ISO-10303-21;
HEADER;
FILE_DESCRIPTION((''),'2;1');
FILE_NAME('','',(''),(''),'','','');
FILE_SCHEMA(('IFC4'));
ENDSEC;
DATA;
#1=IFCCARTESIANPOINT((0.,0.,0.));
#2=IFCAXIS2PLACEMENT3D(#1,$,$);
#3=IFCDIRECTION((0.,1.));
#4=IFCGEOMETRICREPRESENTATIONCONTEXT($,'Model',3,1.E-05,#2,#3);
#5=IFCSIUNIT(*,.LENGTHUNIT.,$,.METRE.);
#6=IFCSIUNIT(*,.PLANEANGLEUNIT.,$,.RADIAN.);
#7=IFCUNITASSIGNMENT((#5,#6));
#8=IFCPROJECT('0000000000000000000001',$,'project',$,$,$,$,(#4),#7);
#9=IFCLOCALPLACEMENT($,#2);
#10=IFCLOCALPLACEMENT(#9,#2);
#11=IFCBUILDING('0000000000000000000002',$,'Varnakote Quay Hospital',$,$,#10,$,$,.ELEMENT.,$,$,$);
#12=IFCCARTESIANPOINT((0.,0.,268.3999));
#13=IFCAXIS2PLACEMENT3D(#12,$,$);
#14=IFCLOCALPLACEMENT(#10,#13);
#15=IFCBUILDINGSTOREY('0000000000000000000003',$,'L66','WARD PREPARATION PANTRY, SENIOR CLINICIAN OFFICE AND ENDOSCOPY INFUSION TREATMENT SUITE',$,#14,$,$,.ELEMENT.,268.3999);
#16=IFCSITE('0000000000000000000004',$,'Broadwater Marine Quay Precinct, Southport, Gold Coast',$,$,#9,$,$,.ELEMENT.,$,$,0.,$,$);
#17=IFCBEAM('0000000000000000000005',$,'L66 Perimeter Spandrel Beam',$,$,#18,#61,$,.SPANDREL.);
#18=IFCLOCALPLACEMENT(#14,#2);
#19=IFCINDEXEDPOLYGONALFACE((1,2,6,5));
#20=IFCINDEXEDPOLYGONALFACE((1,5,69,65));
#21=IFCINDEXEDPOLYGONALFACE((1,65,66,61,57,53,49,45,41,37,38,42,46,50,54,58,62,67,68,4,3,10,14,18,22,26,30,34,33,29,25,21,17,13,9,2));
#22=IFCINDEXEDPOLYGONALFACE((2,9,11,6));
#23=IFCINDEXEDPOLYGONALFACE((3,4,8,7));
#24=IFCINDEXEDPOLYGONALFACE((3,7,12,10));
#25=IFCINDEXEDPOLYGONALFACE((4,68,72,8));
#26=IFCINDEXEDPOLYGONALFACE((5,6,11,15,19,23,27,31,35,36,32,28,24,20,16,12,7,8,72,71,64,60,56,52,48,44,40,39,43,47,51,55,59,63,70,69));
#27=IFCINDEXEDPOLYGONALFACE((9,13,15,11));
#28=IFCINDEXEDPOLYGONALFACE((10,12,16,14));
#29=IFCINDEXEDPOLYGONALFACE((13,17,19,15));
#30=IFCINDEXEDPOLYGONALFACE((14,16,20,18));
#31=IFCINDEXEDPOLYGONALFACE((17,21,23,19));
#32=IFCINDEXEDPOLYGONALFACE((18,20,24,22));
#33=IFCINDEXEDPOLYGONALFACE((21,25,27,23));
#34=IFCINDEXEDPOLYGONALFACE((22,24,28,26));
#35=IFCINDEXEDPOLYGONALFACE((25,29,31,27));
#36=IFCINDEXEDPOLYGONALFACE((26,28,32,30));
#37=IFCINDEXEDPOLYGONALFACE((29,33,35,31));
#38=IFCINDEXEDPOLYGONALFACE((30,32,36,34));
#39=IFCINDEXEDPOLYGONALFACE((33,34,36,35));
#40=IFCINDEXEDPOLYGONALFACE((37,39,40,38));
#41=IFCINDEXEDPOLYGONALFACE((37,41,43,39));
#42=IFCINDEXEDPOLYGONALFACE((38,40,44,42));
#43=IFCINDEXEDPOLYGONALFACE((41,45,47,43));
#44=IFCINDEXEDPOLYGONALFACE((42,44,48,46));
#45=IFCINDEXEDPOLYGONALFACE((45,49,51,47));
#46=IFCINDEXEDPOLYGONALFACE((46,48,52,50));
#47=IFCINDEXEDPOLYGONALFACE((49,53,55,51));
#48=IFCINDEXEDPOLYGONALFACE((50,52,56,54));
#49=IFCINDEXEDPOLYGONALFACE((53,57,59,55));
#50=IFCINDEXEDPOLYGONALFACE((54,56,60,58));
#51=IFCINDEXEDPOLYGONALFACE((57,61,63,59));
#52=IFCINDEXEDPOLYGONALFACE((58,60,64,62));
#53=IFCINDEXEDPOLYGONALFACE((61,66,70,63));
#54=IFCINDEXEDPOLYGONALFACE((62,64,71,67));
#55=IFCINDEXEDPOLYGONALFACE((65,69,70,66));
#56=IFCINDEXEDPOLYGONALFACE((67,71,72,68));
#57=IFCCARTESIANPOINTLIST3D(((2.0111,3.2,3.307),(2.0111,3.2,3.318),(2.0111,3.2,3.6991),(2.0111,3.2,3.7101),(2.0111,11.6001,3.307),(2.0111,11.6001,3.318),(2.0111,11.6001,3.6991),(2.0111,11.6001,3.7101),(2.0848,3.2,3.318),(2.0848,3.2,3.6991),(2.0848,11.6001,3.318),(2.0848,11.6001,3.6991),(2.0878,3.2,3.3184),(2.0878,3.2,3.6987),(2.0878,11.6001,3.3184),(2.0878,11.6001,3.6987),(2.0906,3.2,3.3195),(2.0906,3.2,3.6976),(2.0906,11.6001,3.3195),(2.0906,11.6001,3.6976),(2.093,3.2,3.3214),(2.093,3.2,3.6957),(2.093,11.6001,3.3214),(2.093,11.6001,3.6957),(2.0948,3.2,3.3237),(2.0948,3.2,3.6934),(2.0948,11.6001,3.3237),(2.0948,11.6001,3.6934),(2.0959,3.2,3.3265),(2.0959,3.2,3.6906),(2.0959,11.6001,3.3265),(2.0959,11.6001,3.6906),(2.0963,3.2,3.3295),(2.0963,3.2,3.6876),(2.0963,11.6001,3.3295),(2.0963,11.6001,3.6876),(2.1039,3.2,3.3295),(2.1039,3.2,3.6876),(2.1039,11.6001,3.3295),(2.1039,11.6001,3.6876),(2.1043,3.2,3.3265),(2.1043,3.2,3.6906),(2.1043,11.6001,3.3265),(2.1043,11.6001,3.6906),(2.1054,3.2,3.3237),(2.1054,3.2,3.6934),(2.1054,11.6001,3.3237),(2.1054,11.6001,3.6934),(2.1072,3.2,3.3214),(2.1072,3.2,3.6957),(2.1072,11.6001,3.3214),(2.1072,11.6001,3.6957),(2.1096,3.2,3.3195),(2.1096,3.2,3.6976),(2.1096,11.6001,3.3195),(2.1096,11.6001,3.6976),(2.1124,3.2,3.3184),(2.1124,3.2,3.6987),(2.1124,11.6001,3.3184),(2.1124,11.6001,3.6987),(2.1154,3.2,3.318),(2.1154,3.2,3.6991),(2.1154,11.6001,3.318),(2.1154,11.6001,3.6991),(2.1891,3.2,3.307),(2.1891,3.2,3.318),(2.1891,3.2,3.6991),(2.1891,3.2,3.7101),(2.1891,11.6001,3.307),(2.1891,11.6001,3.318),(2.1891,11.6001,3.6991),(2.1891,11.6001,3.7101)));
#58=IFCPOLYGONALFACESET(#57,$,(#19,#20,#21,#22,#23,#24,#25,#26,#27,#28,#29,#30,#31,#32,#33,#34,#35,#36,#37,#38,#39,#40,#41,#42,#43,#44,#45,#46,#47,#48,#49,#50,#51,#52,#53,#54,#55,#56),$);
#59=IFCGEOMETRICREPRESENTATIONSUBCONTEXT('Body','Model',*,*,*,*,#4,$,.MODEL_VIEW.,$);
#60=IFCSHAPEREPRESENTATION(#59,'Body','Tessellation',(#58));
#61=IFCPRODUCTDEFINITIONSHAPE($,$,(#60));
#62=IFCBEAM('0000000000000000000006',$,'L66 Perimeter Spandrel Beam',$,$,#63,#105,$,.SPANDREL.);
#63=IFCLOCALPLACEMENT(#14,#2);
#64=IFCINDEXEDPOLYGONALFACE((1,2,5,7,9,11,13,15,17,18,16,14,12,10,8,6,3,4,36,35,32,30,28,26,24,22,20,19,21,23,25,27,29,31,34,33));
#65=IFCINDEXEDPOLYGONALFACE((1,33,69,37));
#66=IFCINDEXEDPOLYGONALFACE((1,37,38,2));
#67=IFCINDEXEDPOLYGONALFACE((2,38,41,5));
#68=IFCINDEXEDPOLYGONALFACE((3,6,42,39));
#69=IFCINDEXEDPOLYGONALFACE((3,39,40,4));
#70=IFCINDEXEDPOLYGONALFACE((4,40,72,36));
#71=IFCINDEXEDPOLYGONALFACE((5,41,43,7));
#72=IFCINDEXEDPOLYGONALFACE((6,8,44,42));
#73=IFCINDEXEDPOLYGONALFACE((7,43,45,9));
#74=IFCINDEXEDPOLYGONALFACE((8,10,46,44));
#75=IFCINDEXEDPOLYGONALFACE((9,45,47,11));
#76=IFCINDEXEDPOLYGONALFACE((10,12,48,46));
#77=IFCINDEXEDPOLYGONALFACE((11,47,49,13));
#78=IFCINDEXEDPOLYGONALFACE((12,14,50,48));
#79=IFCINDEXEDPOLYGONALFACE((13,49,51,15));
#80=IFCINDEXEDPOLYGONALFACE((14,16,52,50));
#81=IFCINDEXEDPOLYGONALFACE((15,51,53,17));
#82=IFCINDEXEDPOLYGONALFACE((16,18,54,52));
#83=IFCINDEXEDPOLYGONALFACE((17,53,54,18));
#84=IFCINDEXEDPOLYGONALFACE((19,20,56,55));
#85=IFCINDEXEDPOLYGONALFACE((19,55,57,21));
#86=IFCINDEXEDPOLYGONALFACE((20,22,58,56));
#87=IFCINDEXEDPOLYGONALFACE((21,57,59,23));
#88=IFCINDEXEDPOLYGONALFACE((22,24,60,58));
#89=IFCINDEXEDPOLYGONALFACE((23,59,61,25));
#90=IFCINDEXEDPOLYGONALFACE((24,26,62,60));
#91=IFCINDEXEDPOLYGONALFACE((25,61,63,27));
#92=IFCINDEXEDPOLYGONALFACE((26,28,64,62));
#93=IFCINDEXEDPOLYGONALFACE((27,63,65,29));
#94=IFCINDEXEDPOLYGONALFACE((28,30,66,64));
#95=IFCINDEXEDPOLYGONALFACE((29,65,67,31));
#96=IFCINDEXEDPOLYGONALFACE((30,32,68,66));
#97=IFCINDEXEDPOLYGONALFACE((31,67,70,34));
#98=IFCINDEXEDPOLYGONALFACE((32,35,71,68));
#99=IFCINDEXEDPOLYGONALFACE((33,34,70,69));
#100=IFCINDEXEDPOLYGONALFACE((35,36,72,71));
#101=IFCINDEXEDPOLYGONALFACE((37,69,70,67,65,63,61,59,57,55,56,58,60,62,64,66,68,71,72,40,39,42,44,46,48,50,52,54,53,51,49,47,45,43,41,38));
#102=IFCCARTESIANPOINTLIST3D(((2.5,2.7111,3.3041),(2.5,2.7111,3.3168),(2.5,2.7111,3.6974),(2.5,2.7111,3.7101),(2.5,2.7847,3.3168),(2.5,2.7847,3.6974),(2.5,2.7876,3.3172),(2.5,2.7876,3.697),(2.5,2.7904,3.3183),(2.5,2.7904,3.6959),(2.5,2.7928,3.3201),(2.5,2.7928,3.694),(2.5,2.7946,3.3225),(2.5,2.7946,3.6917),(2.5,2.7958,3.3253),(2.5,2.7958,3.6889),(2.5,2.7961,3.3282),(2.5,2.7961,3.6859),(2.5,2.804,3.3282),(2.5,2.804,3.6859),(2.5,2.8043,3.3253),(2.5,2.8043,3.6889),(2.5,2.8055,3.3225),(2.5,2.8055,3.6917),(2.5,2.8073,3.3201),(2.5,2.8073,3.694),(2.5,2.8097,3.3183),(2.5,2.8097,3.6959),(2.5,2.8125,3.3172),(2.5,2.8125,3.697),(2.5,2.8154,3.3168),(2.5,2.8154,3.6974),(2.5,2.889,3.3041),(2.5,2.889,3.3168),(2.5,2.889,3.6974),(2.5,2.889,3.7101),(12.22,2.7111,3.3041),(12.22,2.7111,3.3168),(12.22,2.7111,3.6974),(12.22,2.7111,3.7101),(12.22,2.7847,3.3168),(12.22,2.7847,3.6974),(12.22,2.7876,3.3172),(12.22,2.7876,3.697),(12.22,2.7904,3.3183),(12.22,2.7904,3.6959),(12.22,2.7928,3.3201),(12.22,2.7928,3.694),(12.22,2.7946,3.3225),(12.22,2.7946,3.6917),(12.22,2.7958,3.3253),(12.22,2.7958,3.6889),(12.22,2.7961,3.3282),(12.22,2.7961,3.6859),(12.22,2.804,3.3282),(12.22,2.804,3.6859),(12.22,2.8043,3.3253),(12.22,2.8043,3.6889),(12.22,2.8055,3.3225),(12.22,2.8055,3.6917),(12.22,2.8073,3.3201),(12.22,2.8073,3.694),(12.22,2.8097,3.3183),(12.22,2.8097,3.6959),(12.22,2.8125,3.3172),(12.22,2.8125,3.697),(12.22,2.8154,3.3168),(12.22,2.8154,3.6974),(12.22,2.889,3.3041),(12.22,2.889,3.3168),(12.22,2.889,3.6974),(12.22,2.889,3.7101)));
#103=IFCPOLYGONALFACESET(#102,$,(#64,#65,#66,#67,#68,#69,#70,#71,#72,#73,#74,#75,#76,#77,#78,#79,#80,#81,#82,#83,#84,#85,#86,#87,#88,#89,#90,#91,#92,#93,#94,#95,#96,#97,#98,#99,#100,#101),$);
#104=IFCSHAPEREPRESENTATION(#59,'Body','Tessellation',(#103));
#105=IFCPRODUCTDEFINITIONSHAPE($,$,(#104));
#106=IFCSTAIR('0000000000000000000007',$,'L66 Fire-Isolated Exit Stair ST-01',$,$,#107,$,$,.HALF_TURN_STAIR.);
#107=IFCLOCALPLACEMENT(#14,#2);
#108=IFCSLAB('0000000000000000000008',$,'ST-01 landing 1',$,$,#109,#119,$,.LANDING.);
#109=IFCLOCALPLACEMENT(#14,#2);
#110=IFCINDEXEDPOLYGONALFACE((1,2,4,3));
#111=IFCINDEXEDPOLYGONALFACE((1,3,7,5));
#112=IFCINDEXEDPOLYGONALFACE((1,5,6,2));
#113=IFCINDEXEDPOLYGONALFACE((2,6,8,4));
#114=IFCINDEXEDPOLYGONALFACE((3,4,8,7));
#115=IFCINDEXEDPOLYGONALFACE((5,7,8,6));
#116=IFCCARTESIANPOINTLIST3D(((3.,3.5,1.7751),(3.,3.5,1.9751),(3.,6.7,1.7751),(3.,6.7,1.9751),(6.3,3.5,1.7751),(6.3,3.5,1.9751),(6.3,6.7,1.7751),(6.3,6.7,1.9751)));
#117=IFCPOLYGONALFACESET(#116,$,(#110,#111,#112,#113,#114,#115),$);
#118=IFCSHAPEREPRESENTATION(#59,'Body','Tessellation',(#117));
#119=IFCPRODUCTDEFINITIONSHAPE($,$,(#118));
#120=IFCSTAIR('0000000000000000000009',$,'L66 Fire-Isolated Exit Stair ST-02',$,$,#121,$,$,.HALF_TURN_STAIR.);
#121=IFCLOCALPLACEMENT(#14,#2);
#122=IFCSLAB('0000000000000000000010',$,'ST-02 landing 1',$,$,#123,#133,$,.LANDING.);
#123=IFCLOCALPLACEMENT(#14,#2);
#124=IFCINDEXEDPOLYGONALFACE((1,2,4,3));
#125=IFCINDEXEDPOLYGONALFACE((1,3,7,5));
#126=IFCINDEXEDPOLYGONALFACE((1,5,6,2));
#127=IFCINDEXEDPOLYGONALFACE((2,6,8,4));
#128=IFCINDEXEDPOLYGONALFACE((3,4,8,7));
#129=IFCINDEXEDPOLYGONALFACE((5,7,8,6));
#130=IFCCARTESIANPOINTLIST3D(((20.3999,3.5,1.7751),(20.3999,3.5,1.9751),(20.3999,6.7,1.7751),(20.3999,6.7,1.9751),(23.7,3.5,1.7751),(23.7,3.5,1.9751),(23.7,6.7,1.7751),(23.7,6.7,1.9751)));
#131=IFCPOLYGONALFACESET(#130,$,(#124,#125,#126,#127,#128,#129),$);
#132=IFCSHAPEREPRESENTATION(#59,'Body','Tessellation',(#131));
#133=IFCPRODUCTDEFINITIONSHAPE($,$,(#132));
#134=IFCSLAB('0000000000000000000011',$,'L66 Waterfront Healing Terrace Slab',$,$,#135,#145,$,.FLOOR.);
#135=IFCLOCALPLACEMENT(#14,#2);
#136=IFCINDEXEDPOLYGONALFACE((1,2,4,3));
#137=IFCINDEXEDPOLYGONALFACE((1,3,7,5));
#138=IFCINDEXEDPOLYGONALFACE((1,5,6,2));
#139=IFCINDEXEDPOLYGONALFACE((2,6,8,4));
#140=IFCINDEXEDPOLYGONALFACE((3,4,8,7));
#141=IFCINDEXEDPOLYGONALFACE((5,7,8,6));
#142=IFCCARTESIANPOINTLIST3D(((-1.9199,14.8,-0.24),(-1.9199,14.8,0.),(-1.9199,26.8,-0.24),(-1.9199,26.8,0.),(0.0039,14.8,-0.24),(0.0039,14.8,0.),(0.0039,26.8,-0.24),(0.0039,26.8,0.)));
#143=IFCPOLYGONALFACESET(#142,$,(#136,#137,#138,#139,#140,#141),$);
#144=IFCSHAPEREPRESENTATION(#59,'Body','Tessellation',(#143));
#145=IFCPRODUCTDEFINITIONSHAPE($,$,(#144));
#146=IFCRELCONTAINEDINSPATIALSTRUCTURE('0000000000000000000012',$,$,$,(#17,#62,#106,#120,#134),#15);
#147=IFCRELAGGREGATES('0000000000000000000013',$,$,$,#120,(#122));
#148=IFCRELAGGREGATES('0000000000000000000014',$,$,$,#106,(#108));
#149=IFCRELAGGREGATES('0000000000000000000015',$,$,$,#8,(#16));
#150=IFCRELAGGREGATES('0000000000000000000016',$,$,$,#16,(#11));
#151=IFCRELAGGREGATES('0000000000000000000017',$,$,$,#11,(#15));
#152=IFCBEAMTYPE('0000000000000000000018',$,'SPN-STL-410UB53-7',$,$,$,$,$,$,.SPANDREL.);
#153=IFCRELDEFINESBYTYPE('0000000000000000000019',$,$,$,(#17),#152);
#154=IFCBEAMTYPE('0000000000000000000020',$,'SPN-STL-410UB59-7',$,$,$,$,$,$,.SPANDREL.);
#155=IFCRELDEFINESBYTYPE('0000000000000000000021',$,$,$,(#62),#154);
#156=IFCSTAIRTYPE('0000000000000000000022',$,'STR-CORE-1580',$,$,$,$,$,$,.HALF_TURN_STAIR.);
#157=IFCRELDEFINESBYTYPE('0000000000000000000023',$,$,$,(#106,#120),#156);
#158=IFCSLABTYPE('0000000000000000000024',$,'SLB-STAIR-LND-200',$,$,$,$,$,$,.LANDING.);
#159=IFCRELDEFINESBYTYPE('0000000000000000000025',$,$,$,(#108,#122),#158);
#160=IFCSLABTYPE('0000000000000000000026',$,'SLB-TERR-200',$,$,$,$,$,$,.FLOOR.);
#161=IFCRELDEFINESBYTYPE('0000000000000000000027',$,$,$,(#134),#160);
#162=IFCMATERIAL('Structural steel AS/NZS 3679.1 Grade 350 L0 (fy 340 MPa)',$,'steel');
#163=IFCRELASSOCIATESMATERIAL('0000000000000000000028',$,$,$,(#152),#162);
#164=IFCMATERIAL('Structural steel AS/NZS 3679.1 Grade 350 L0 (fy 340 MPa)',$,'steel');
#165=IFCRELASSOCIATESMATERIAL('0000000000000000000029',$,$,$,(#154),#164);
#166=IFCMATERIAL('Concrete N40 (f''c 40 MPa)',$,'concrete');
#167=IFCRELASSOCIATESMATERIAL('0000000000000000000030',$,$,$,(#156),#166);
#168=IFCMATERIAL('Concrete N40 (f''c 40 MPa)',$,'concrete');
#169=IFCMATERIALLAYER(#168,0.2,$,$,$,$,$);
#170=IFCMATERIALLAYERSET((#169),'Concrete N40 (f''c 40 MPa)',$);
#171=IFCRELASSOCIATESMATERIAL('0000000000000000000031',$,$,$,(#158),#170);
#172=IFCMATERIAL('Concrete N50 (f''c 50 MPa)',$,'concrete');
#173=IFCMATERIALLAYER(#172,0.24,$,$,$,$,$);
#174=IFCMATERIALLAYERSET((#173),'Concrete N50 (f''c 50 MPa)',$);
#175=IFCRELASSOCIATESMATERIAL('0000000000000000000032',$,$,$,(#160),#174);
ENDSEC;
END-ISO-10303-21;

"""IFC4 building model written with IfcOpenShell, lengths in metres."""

from ifc_helpers import new_model, si_unit, direction, frame, origin, origin_2d, place, context, subcontext, project, spatial, polyline, i_section, outline, extrude, material, layer, layer_set, material_profile, profile_set, type_object, element, aggregate, save


model = new_model("IFC4")

# Units and contexts
model_context = context("Model", 3, precision=1e-05, world=origin(), true_north=direction((0.0, 1.0)))
body_context = subcontext(model_context, "Body", "Model", "MODEL_VIEW")
ifc_project = project(units=[si_unit("LENGTHUNIT", "METRE"), si_unit("PLANEANGLEUNIT", "RADIAN")], contexts=[model_context])

# Site, building, storey
site_placement = place(None, origin())
site = spatial("IfcSite", under=ifc_project, at=site_placement, Name="Broadwater Marine Quay Precinct, Southport, Gold Coast", CompositionType="ELEMENT", RefElevation=0.0)
building_placement = place(site_placement, origin())
building = spatial("IfcBuilding", under=site, at=building_placement, Name="Varnakote Quay Hospital", CompositionType="ELEMENT")
storey_placement = place(building_placement, frame((0.0, 0.0, 268.3999)))
storey = spatial("IfcBuildingStorey", under=building, at=storey_placement, Name="L66", Description="WARD PREPARATION PANTRY, SENIOR CLINICIAN OFFICE AND ENDOSCOPY INFUSION TREATMENT SUITE", CompositionType="ELEMENT", Elevation=268.3999)

# Beams
ifc_material_1 = material(Name="Structural steel AS/NZS 3679.1 Grade 350 L0 (fy 340 MPa)", Category="steel")
ifc_material_profile_1 = material_profile(ifc_material_1, i_section(OverallWidth=0.178, OverallDepth=0.4031, WebThickness=0.0076, FlangeThickness=0.011, FilletRadius=0.0115, at=origin_2d()), Name="410UB53.7")
ifc_profile_set_1 = profile_set([ifc_material_profile_1], Name="Structural steel AS/NZS 3679.1 Grade 350 L0 (fy 340 MPa)")
beam_type_1 = type_object("IfcBeamType", Name="SPN-STL-410UB53-7", PredefinedType="SPANDREL", material=ifc_profile_set_1)
beam_1_placement = place(storey_placement, frame((2.1001, 3.2, 3.5085), z_axis=(0.0, 1.0, 0.0), x_axis=(-1.0, 0.0, 0.0)))
element("IfcBeam", 1, at=beam_1_placement, inside=storey, type_object=beam_type_1, Name="L66 Perimeter Spandrel Beam", PredefinedType="SPANDREL", context=body_context, shape_type="SweptSolid", body=[
    extrude(i_section(OverallWidth=0.178, OverallDepth=0.4031, WebThickness=0.0076, FlangeThickness=0.011, FilletRadius=0.0115, at=origin_2d()), origin(), (0.0, 0.0, 1.0), 8.4001),
])
ifc_material_2 = material(Name="Structural steel AS/NZS 3679.1 Grade 350 L0 (fy 340 MPa)", Category="steel")
ifc_material_profile_2 = material_profile(ifc_material_2, i_section(OverallWidth=0.178, OverallDepth=0.406, WebThickness=0.0078, FlangeThickness=0.0127, FilletRadius=0.0115, at=origin_2d()), Name="410UB59.7")
ifc_profile_set_2 = profile_set([ifc_material_profile_2], Name="Structural steel AS/NZS 3679.1 Grade 350 L0 (fy 340 MPa)")
beam_type_2 = type_object("IfcBeamType", Name="SPN-STL-410UB59-7", PredefinedType="SPANDREL", material=ifc_profile_set_2)
beam_2_placement = place(storey_placement, frame((2.5, 2.8, 3.5071), z_axis=(1.0, 0.0, 0.0), x_axis=(0.0, 1.0, 0.0)))
element("IfcBeam", 2, at=beam_2_placement, inside=storey, type_object=beam_type_2, Name="L66 Perimeter Spandrel Beam", PredefinedType="SPANDREL", context=body_context, shape_type="SweptSolid", body=[
    extrude(i_section(OverallWidth=0.178, OverallDepth=0.406, WebThickness=0.0078, FlangeThickness=0.0127, FilletRadius=0.0115, at=origin_2d()), origin(), (0.0, 0.0, 1.0), 9.72),
])

# Stairs, slabs
ifc_material_3 = material(Name="Concrete N40 (f'c 40 MPa)", Category="concrete")
stair_type = type_object("IfcStairType", Name="STR-CORE-1580", PredefinedType="HALF_TURN_STAIR", material=ifc_material_3)
stair_1_placement = place(storey_placement, origin())
stair_1 = element("IfcStair", 3, at=stair_1_placement, inside=storey, type_object=stair_type, Name="L66 Fire-Isolated Exit Stair ST-01", PredefinedType="HALF_TURN_STAIR")
ifc_material_4 = material(Name="Concrete N40 (f'c 40 MPa)", Category="concrete")
ifc_layer_1 = layer(ifc_material_4, 0.2)
ifc_layer_set_1 = layer_set([ifc_layer_1], Name="Concrete N40 (f'c 40 MPa)")
slab_type_1 = type_object("IfcSlabType", Name="SLB-STAIR-LND-200", PredefinedType="LANDING", material=ifc_layer_set_1)
slab_1_placement = place(storey_placement, frame((0.0, 0.0, 1.7751)))
slab_1 = element("IfcSlab", 4, at=slab_1_placement, type_object=slab_type_1, Name="ST-01 landing 1", PredefinedType="LANDING", context=body_context, shape_type="SweptSolid", body=[
    extrude(outline(polyline([(3.0, 6.7), (3.0, 3.5), (6.3, 3.5), (6.3, 6.7), (3.0, 6.7)])), origin(), (0.0, 0.0, 1.0), 0.2),
])
stair_2_placement = place(storey_placement, origin())
stair_2 = element("IfcStair", 5, at=stair_2_placement, inside=storey, type_object=stair_type, Name="L66 Fire-Isolated Exit Stair ST-02", PredefinedType="HALF_TURN_STAIR")
slab_2_placement = place(storey_placement, frame((0.0, 0.0, 1.7751)))
slab_2 = element("IfcSlab", 6, at=slab_2_placement, type_object=slab_type_1, Name="ST-02 landing 1", PredefinedType="LANDING", context=body_context, shape_type="SweptSolid", body=[
    extrude(outline(polyline([(20.3999, 6.7), (20.3999, 3.5), (23.7, 3.5), (23.7, 6.7), (20.3999, 6.7)])), origin(), (0.0, 0.0, 1.0), 0.2),
])
aggregate(stair_2, [slab_2])

# Slab
ifc_material_5 = material(Name="Concrete N50 (f'c 50 MPa)", Category="concrete")
ifc_layer_2 = layer(ifc_material_5, 0.24)
ifc_layer_set_2 = layer_set([ifc_layer_2], Name="Concrete N50 (f'c 50 MPa)")
slab_type_2 = type_object("IfcSlabType", Name="SLB-TERR-200", PredefinedType="FLOOR", material=ifc_layer_set_2)
slab_3_placement = place(storey_placement, frame((0.0, 0.0, -0.24)))
element("IfcSlab", 7, at=slab_3_placement, inside=storey, type_object=slab_type_2, Name="L66 Waterfront Healing Terrace Slab", PredefinedType="FLOOR", context=body_context, shape_type="SweptSolid", body=[
    extrude(outline(polyline([(0.0039, 14.8), (0.0039, 26.8), (-1.9199, 26.8), (-1.9199, 14.8), (0.0039, 14.8)])), origin(), (0.0, 0.0, 1.0), 0.24),
])

aggregate(stair_1, [slab_1])

save(model, "model.ifc")
